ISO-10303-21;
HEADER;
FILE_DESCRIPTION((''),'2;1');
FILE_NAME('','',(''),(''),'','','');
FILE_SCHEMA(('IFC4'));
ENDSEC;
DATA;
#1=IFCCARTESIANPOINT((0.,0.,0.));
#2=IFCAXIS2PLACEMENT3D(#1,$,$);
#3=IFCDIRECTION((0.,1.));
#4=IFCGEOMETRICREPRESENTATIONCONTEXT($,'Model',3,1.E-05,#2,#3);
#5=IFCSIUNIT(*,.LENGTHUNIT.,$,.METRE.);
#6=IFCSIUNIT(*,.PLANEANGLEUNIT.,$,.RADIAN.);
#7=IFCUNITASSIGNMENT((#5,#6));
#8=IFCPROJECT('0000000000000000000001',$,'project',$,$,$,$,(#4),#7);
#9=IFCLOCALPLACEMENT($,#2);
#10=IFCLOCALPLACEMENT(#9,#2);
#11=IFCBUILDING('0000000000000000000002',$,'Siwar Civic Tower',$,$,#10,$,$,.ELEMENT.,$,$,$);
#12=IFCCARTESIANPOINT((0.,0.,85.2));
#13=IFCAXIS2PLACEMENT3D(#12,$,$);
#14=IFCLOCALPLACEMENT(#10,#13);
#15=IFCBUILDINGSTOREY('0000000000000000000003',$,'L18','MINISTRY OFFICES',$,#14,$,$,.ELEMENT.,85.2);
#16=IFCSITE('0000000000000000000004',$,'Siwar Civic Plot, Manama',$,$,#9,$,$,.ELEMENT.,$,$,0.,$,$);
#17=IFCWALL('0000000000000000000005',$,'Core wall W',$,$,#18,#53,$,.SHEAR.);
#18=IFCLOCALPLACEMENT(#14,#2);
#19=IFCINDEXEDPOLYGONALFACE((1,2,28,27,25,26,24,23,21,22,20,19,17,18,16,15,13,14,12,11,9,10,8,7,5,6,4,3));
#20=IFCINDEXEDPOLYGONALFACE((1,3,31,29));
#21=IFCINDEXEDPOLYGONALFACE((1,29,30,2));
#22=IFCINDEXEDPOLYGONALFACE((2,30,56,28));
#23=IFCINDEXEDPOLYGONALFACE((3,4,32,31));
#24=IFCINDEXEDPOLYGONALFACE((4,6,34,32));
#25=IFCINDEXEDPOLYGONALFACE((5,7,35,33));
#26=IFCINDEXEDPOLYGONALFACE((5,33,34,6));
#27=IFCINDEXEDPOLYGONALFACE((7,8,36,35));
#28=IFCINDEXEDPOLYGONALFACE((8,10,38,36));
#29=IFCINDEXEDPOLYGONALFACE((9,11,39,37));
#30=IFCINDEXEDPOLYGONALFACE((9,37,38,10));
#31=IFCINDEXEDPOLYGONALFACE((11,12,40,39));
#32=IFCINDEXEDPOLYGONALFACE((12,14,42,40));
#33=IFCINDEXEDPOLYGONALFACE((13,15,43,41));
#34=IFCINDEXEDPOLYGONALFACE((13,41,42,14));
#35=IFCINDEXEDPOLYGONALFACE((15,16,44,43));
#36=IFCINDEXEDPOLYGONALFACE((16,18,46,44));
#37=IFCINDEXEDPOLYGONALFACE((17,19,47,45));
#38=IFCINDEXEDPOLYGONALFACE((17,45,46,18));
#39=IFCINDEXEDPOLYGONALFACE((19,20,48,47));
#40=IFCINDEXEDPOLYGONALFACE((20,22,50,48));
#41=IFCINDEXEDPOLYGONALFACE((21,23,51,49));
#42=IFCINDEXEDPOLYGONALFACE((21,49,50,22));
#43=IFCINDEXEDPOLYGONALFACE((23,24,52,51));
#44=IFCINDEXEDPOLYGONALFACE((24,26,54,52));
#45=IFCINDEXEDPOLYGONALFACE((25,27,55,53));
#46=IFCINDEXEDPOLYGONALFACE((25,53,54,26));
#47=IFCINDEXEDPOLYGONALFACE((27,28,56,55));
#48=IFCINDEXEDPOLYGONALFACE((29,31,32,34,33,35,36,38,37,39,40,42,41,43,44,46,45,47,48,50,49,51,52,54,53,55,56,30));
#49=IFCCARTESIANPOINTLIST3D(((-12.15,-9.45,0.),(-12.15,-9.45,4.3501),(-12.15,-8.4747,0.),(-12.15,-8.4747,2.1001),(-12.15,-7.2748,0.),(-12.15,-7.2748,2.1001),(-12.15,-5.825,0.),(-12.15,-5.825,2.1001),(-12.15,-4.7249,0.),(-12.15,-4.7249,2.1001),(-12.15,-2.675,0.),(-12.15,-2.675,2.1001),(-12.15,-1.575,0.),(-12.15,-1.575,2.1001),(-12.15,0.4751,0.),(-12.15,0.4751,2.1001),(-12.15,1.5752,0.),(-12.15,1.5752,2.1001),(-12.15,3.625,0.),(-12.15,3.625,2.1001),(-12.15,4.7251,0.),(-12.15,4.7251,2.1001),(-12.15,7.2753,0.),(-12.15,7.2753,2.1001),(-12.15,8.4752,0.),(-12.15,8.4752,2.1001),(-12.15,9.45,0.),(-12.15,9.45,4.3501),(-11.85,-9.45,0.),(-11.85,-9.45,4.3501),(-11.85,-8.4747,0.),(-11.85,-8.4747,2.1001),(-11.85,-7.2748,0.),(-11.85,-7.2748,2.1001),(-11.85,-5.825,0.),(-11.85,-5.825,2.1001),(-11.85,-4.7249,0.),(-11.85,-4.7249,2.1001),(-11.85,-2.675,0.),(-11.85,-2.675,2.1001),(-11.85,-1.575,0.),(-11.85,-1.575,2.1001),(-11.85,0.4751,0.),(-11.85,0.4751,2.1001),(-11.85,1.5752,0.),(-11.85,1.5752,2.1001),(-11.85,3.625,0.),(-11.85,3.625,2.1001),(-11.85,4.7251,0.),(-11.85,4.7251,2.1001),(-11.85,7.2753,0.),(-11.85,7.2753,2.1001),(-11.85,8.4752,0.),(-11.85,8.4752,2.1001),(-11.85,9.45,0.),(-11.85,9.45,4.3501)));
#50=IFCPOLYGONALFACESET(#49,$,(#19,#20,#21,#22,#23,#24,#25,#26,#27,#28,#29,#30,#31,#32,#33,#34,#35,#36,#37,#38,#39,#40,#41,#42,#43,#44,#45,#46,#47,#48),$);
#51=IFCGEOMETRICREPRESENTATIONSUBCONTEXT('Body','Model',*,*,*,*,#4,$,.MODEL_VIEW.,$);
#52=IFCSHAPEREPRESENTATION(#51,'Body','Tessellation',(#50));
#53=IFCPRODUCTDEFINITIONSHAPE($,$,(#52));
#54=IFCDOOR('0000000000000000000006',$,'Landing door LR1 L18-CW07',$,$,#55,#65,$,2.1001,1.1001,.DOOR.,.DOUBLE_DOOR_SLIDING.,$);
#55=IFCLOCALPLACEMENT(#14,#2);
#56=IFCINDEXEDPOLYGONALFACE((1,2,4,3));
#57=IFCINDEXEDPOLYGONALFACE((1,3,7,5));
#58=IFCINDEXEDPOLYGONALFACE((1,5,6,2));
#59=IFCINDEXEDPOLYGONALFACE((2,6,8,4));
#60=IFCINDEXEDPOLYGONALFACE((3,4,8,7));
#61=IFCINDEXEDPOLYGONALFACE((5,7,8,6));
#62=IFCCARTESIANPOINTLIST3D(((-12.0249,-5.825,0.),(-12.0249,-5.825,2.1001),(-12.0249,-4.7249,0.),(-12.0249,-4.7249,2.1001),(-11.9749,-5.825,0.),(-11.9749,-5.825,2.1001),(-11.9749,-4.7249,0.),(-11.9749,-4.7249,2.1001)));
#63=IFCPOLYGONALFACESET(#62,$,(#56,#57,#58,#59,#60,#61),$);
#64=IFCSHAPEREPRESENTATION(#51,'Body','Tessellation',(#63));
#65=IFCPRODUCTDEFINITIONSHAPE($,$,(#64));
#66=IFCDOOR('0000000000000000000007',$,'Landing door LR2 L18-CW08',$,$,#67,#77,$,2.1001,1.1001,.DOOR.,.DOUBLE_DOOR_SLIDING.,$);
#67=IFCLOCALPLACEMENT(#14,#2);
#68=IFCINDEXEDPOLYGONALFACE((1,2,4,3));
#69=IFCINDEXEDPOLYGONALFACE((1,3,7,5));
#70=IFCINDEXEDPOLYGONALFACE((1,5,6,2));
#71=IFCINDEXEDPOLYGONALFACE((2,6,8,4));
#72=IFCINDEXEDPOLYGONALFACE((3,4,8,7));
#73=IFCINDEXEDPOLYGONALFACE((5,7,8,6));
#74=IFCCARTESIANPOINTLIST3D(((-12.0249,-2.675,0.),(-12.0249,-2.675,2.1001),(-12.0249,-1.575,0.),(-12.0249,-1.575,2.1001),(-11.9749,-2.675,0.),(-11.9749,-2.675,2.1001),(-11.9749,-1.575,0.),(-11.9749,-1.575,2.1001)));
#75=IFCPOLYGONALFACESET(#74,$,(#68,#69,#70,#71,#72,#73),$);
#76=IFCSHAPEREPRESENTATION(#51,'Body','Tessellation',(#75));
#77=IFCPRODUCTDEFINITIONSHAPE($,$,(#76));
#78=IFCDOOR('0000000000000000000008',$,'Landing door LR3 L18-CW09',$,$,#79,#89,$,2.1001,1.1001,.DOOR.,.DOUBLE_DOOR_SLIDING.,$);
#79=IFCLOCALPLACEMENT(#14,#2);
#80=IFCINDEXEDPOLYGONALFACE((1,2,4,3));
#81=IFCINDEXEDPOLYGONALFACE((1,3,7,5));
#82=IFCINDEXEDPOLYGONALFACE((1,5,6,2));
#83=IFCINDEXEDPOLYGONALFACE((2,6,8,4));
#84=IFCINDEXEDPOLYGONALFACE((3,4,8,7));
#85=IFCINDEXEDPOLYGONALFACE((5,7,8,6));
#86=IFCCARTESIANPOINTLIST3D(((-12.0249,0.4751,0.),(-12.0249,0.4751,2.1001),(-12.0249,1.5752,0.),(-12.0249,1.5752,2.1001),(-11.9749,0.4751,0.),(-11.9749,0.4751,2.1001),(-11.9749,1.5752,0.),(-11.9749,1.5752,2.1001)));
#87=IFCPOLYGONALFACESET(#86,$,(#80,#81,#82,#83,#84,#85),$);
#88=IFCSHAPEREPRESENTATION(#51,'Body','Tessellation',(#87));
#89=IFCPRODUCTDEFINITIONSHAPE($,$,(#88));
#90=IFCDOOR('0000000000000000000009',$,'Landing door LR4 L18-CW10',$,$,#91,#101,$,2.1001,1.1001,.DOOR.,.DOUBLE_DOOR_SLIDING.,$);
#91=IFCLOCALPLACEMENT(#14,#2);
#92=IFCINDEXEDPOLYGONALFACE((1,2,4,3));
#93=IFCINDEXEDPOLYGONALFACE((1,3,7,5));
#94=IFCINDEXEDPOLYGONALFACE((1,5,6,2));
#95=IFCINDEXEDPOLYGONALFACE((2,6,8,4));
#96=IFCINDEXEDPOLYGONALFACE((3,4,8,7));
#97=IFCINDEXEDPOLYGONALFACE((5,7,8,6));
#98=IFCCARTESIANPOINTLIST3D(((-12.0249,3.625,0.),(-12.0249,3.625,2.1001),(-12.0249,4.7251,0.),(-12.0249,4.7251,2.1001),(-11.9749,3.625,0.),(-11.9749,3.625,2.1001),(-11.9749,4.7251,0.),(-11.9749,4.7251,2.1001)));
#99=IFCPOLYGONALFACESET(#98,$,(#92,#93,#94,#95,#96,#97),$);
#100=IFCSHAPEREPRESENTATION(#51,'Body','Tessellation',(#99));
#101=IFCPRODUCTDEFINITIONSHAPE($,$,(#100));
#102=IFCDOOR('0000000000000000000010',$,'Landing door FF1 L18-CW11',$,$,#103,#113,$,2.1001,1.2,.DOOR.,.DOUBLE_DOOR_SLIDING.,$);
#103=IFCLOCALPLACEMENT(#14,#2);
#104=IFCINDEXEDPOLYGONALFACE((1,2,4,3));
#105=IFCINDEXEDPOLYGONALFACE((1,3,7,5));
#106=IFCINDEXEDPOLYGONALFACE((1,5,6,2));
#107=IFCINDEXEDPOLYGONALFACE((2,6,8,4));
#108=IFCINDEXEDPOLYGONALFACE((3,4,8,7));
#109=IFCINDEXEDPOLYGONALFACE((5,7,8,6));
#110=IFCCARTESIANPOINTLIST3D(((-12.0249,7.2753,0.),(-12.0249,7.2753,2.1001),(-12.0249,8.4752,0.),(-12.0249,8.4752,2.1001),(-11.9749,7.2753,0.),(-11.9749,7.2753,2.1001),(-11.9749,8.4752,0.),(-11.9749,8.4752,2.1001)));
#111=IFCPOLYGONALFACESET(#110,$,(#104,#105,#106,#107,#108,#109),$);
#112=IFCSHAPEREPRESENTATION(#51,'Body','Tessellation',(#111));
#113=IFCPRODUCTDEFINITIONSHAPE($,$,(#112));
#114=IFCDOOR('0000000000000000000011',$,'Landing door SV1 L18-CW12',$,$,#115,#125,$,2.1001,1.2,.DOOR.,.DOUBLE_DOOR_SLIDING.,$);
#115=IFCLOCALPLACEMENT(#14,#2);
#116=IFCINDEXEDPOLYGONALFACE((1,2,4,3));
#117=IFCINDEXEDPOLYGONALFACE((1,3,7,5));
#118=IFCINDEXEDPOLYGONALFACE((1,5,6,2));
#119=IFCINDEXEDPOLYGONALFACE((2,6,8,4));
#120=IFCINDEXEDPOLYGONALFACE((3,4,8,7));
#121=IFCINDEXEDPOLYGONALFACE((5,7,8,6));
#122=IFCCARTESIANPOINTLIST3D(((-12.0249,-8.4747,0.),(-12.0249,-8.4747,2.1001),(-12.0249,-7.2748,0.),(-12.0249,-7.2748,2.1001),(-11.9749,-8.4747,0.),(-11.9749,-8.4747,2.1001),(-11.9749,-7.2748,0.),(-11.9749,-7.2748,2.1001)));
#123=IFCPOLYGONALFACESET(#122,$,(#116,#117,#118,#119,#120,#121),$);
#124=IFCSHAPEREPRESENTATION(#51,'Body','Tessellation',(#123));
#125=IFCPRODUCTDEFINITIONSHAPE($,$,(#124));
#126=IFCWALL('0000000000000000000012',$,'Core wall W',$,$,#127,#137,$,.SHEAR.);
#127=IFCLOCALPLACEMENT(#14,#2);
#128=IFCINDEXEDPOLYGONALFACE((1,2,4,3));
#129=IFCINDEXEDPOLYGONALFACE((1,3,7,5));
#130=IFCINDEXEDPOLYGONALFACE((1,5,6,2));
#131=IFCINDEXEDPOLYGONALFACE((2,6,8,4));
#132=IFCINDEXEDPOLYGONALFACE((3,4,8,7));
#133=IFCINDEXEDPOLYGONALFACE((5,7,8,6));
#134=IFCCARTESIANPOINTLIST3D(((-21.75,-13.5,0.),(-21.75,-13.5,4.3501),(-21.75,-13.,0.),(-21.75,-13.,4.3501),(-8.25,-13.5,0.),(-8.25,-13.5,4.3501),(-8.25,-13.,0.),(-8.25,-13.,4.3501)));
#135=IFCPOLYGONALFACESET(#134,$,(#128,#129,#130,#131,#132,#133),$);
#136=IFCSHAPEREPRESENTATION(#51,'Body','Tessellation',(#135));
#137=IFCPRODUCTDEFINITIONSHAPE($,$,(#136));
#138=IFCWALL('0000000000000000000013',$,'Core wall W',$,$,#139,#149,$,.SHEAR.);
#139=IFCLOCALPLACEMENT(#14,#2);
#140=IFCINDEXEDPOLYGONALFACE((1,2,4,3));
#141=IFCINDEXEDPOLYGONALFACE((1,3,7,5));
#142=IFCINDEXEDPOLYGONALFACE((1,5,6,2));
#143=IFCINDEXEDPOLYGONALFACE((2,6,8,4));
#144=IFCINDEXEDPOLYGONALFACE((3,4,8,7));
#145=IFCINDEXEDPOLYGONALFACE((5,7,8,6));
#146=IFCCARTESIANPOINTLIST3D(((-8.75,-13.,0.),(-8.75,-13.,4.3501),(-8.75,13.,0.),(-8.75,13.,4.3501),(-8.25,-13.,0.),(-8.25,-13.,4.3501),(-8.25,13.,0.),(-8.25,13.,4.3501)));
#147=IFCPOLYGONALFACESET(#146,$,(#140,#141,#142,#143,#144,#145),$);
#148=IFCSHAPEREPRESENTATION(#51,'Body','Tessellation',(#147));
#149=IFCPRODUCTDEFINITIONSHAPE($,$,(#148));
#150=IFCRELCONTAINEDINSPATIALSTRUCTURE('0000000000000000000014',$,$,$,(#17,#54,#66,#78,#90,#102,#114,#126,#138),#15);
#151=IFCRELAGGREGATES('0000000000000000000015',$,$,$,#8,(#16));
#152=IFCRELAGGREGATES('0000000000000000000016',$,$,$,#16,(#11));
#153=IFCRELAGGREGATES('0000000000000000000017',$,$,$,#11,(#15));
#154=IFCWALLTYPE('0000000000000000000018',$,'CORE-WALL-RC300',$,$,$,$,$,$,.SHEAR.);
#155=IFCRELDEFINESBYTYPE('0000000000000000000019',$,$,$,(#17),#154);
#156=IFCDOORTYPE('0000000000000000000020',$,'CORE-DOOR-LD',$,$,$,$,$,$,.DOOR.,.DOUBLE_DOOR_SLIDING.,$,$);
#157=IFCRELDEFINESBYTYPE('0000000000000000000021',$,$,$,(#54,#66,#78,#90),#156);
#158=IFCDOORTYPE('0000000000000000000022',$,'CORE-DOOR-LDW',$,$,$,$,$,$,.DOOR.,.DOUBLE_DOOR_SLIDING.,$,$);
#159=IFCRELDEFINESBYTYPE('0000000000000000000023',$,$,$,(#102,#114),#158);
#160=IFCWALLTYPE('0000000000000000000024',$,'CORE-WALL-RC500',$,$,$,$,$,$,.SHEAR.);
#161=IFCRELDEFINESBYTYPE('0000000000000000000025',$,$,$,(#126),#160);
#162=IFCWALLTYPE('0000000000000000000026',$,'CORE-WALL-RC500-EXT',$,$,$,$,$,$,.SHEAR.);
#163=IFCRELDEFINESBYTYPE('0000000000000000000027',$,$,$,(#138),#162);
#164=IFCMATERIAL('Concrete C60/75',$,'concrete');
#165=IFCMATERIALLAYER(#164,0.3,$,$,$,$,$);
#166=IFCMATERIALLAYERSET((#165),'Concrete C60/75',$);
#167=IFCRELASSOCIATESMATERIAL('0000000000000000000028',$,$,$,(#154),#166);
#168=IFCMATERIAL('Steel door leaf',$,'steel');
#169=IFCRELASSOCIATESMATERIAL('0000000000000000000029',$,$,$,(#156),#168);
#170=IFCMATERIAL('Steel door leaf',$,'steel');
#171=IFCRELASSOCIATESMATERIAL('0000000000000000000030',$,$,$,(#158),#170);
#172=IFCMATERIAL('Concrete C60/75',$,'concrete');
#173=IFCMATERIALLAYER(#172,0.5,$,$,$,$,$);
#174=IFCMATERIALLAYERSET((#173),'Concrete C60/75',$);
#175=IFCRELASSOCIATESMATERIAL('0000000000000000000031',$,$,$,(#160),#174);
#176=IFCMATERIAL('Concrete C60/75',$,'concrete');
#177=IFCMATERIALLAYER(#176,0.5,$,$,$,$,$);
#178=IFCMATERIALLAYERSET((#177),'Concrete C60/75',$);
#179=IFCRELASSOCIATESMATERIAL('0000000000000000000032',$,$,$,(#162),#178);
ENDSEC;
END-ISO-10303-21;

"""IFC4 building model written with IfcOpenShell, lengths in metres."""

from ifc_helpers import new_model, si_unit, direction, frame, frame_2d, origin, place, context, subcontext, project, spatial, rectangle, extrude, material, layer, layer_set, type_object, element, fill, save


model = new_model("IFC4")

# Units and contexts
model_context = context("Model", 3, precision=1e-05, world=origin(), true_north=direction((0.0, 1.0)))
body_context = subcontext(model_context, "Body", "Model", "MODEL_VIEW")
ifc_project = project(units=[si_unit("LENGTHUNIT", "METRE"), si_unit("PLANEANGLEUNIT", "RADIAN")], contexts=[model_context])

# Site, building, storey
site_placement = place(None, origin())
site = spatial("IfcSite", under=ifc_project, at=site_placement, Name="Siwar Civic Plot, Manama", CompositionType="ELEMENT", RefElevation=0.0)
building_placement = place(site_placement, origin())
building = spatial("IfcBuilding", under=site, at=building_placement, Name="Siwar Civic Tower", CompositionType="ELEMENT")
storey_placement = place(building_placement, frame((0.0, 0.0, 85.2)))
storey = spatial("IfcBuildingStorey", under=building, at=storey_placement, Name="L18", Description="MINISTRY OFFICES", CompositionType="ELEMENT", Elevation=85.2)

# Wall, openings, doors
ifc_material_1 = material(Name="Concrete C60/75", Category="concrete")
ifc_layer_1 = layer(ifc_material_1, 0.3)
ifc_layer_set_1 = layer_set([ifc_layer_1], Name="Concrete C60/75")
wall_type_1 = type_object("IfcWallType", Name="CORE-WALL-RC300", PredefinedType="SHEAR", material=ifc_layer_set_1)
wall_1_placement = place(storey_placement, frame((-12.0, -9.45, 0.0), z_axis=(0.0, 0.0, 1.0), x_axis=(0.0, 1.0, 0.0)))
wall_1 = element("IfcWall", 1, at=wall_1_placement, inside=storey, type_object=wall_type_1, Name="Core wall W", PredefinedType="SHEAR", context=body_context, shape_type="SweptSolid", body=[
    extrude(rectangle(XDim=18.8999, YDim=0.3, at=frame_2d((9.45, 0.0))), origin(), (0.0, 0.0, 1.0), 4.3501),
])
opening_1_placement = place(wall_1_placement, frame((3.625, 0.0, 0.0)))
opening_1 = element("IfcOpeningElement", 2, at=opening_1_placement, cuts=wall_1, PredefinedType="OPENING", context=body_context, shape_type="SweptSolid", body=[
    extrude(rectangle(XDim=1.1001, YDim=2.1001, at=frame_2d((0.55, 1.05))), frame((0.0, 0.1602, 0.0), z_axis=(0.0, -1.0, 0.0), x_axis=(1.0, 0.0, 0.0)), (0.0, 0.0, 1.0), 0.3201),
])
opening_2_placement = place(wall_1_placement, frame((6.7749, 0.0, 0.0)))
opening_2 = element("IfcOpeningElement", 3, at=opening_2_placement, cuts=wall_1, PredefinedType="OPENING", context=body_context, shape_type="SweptSolid", body=[
    extrude(rectangle(XDim=1.1001, YDim=2.1001, at=frame_2d((0.55, 1.05))), frame((0.0, 0.1602, 0.0), z_axis=(0.0, -1.0, 0.0), x_axis=(1.0, 0.0, 0.0)), (0.0, 0.0, 1.0), 0.3201),
])
opening_3_placement = place(wall_1_placement, frame((9.925, 0.0, 0.0)))
opening_3 = element("IfcOpeningElement", 4, at=opening_3_placement, cuts=wall_1, PredefinedType="OPENING", context=body_context, shape_type="SweptSolid", body=[
    extrude(rectangle(XDim=1.1001, YDim=2.1001, at=frame_2d((0.55, 1.05))), frame((0.0, 0.1602, 0.0), z_axis=(0.0, -1.0, 0.0), x_axis=(1.0, 0.0, 0.0)), (0.0, 0.0, 1.0), 0.3201),
])
opening_4_placement = place(wall_1_placement, frame((13.075, 0.0, 0.0)))
opening_4 = element("IfcOpeningElement", 5, at=opening_4_placement, cuts=wall_1, PredefinedType="OPENING", context=body_context, shape_type="SweptSolid", body=[
    extrude(rectangle(XDim=1.1001, YDim=2.1001, at=frame_2d((0.55, 1.05))), frame((0.0, 0.1602, 0.0), z_axis=(0.0, -1.0, 0.0), x_axis=(1.0, 0.0, 0.0)), (0.0, 0.0, 1.0), 0.3201),
])
opening_5_placement = place(wall_1_placement, frame((16.7251, 0.0, 0.0)))
opening_5 = element("IfcOpeningElement", 6, at=opening_5_placement, cuts=wall_1, PredefinedType="OPENING", context=body_context, shape_type="SweptSolid", body=[
    extrude(rectangle(XDim=1.2, YDim=2.1001, at=frame_2d((0.6001, 1.05))), frame((0.0, 0.1602, 0.0), z_axis=(0.0, -1.0, 0.0), x_axis=(1.0, 0.0, 0.0)), (0.0, 0.0, 1.0), 0.3201),
])
opening_6_placement = place(wall_1_placement, frame((0.9751, 0.0, 0.0)))
opening_6 = element("IfcOpeningElement", 7, at=opening_6_placement, cuts=wall_1, PredefinedType="OPENING", context=body_context, shape_type="SweptSolid", body=[
    extrude(rectangle(XDim=1.2, YDim=2.1001, at=frame_2d((0.6001, 1.05))), frame((0.0, 0.1602, 0.0), z_axis=(0.0, -1.0, 0.0), x_axis=(1.0, 0.0, 0.0)), (0.0, 0.0, 1.0), 0.3201),
])
ifc_material_2 = material(Name="Steel door leaf", Category="steel")
door_type_1 = type_object("IfcDoorType", Name="CORE-DOOR-LD", OperationType="DOUBLE_DOOR_SLIDING", PredefinedType="DOOR", material=ifc_material_2)
door_1_placement = place(opening_1_placement, origin())
door_1 = element("IfcDoor", 8, at=door_1_placement, inside=storey, type_object=door_type_1, Name="Landing door LR1 L18-CW07", OperationType="DOUBLE_DOOR_SLIDING", OverallHeight=2.1001, OverallWidth=1.1001, PredefinedType="DOOR", context=body_context, shape_type="SweptSolid", body=[
    extrude(rectangle(XDim=1.1001, YDim=2.1001, at=frame_2d((0.55, 1.05))), frame((0.0, 0.0249, 0.0), z_axis=(0.0, -1.0, 0.0), x_axis=(1.0, 0.0, 0.0)), (0.0, 0.0, 1.0), 0.05),
])
fill(opening_1, door_1)
door_2_placement = place(opening_2_placement, origin())
door_2 = element("IfcDoor", 9, at=door_2_placement, inside=storey, type_object=door_type_1, Name="Landing door LR2 L18-CW08", OperationType="DOUBLE_DOOR_SLIDING", OverallHeight=2.1001, OverallWidth=1.1001, PredefinedType="DOOR", context=body_context, shape_type="SweptSolid", body=[
    extrude(rectangle(XDim=1.1001, YDim=2.1001, at=frame_2d((0.55, 1.05))), frame((0.0, 0.0249, 0.0), z_axis=(0.0, -1.0, 0.0), x_axis=(1.0, 0.0, 0.0)), (0.0, 0.0, 1.0), 0.05),
])
fill(opening_2, door_2)
door_3_placement = place(opening_3_placement, origin())
door_3 = element("IfcDoor", 10, at=door_3_placement, inside=storey, type_object=door_type_1, Name="Landing door LR3 L18-CW09", OperationType="DOUBLE_DOOR_SLIDING", OverallHeight=2.1001, OverallWidth=1.1001, PredefinedType="DOOR", context=body_context, shape_type="SweptSolid", body=[
    extrude(rectangle(XDim=1.1001, YDim=2.1001, at=frame_2d((0.55, 1.05))), frame((0.0, 0.0249, 0.0), z_axis=(0.0, -1.0, 0.0), x_axis=(1.0, 0.0, 0.0)), (0.0, 0.0, 1.0), 0.05),
])
fill(opening_3, door_3)
door_4_placement = place(opening_4_placement, origin())
door_4 = element("IfcDoor", 11, at=door_4_placement, inside=storey, type_object=door_type_1, Name="Landing door LR4 L18-CW10", OperationType="DOUBLE_DOOR_SLIDING", OverallHeight=2.1001, OverallWidth=1.1001, PredefinedType="DOOR", context=body_context, shape_type="SweptSolid", body=[
    extrude(rectangle(XDim=1.1001, YDim=2.1001, at=frame_2d((0.55, 1.05))), frame((0.0, 0.0249, 0.0), z_axis=(0.0, -1.0, 0.0), x_axis=(1.0, 0.0, 0.0)), (0.0, 0.0, 1.0), 0.05),
])
fill(opening_4, door_4)
ifc_material_3 = material(Name="Steel door leaf", Category="steel")
door_type_2 = type_object("IfcDoorType", Name="CORE-DOOR-LDW", OperationType="DOUBLE_DOOR_SLIDING", PredefinedType="DOOR", material=ifc_material_3)
door_5_placement = place(opening_5_placement, origin())
door_5 = element("IfcDoor", 12, at=door_5_placement, inside=storey, type_object=door_type_2, Name="Landing door FF1 L18-CW11", OperationType="DOUBLE_DOOR_SLIDING", OverallHeight=2.1001, OverallWidth=1.2, PredefinedType="DOOR", context=body_context, shape_type="SweptSolid", body=[
    extrude(rectangle(XDim=1.2, YDim=2.1001, at=frame_2d((0.6001, 1.05))), frame((0.0, 0.0249, 0.0), z_axis=(0.0, -1.0, 0.0), x_axis=(1.0, 0.0, 0.0)), (0.0, 0.0, 1.0), 0.05),
])
fill(opening_5, door_5)
door_6_placement = place(opening_6_placement, origin())
door_6 = element("IfcDoor", 13, at=door_6_placement, inside=storey, type_object=door_type_2, Name="Landing door SV1 L18-CW12", OperationType="DOUBLE_DOOR_SLIDING", OverallHeight=2.1001, OverallWidth=1.2, PredefinedType="DOOR", context=body_context, shape_type="SweptSolid", body=[
    extrude(rectangle(XDim=1.2, YDim=2.1001, at=frame_2d((0.6001, 1.05))), frame((0.0, 0.0249, 0.0), z_axis=(0.0, -1.0, 0.0), x_axis=(1.0, 0.0, 0.0)), (0.0, 0.0, 1.0), 0.05),
])
fill(opening_6, door_6)

# Walls
ifc_material_4 = material(Name="Concrete C60/75", Category="concrete")
ifc_layer_2 = layer(ifc_material_4, 0.5)
ifc_layer_set_2 = layer_set([ifc_layer_2], Name="Concrete C60/75")
wall_type_2 = type_object("IfcWallType", Name="CORE-WALL-RC500", PredefinedType="SHEAR", material=ifc_layer_set_2)
wall_2_placement = place(storey_placement, frame((-8.25, -13.25, 0.0), z_axis=(0.0, 0.0, 1.0), x_axis=(-1.0, 0.0, 0.0)))
element("IfcWall", 14, at=wall_2_placement, inside=storey, type_object=wall_type_2, Name="Core wall W", PredefinedType="SHEAR", context=body_context, shape_type="SweptSolid", body=[
    extrude(rectangle(XDim=13.5, YDim=0.5, at=frame_2d((6.75, 0.0))), origin(), (0.0, 0.0, 1.0), 4.3501),
])
ifc_material_5 = material(Name="Concrete C60/75", Category="concrete")
ifc_layer_3 = layer(ifc_material_5, 0.5)
ifc_layer_set_3 = layer_set([ifc_layer_3], Name="Concrete C60/75")
wall_type_3 = type_object("IfcWallType", Name="CORE-WALL-RC500-EXT", PredefinedType="SHEAR", material=ifc_layer_set_3)
wall_3_placement = place(storey_placement, frame((-8.5, -13.0, 0.0), z_axis=(0.0, 0.0, 1.0), x_axis=(0.0, 1.0, 0.0)))
element("IfcWall", 15, at=wall_3_placement, inside=storey, type_object=wall_type_3, Name="Core wall W", PredefinedType="SHEAR", context=body_context, shape_type="SweptSolid", body=[
    extrude(rectangle(XDim=26.0, YDim=0.5, at=frame_2d((13.0, 0.0))), origin(), (0.0, 0.0, 1.0), 4.3501),
])

save(model, "model.ifc")
